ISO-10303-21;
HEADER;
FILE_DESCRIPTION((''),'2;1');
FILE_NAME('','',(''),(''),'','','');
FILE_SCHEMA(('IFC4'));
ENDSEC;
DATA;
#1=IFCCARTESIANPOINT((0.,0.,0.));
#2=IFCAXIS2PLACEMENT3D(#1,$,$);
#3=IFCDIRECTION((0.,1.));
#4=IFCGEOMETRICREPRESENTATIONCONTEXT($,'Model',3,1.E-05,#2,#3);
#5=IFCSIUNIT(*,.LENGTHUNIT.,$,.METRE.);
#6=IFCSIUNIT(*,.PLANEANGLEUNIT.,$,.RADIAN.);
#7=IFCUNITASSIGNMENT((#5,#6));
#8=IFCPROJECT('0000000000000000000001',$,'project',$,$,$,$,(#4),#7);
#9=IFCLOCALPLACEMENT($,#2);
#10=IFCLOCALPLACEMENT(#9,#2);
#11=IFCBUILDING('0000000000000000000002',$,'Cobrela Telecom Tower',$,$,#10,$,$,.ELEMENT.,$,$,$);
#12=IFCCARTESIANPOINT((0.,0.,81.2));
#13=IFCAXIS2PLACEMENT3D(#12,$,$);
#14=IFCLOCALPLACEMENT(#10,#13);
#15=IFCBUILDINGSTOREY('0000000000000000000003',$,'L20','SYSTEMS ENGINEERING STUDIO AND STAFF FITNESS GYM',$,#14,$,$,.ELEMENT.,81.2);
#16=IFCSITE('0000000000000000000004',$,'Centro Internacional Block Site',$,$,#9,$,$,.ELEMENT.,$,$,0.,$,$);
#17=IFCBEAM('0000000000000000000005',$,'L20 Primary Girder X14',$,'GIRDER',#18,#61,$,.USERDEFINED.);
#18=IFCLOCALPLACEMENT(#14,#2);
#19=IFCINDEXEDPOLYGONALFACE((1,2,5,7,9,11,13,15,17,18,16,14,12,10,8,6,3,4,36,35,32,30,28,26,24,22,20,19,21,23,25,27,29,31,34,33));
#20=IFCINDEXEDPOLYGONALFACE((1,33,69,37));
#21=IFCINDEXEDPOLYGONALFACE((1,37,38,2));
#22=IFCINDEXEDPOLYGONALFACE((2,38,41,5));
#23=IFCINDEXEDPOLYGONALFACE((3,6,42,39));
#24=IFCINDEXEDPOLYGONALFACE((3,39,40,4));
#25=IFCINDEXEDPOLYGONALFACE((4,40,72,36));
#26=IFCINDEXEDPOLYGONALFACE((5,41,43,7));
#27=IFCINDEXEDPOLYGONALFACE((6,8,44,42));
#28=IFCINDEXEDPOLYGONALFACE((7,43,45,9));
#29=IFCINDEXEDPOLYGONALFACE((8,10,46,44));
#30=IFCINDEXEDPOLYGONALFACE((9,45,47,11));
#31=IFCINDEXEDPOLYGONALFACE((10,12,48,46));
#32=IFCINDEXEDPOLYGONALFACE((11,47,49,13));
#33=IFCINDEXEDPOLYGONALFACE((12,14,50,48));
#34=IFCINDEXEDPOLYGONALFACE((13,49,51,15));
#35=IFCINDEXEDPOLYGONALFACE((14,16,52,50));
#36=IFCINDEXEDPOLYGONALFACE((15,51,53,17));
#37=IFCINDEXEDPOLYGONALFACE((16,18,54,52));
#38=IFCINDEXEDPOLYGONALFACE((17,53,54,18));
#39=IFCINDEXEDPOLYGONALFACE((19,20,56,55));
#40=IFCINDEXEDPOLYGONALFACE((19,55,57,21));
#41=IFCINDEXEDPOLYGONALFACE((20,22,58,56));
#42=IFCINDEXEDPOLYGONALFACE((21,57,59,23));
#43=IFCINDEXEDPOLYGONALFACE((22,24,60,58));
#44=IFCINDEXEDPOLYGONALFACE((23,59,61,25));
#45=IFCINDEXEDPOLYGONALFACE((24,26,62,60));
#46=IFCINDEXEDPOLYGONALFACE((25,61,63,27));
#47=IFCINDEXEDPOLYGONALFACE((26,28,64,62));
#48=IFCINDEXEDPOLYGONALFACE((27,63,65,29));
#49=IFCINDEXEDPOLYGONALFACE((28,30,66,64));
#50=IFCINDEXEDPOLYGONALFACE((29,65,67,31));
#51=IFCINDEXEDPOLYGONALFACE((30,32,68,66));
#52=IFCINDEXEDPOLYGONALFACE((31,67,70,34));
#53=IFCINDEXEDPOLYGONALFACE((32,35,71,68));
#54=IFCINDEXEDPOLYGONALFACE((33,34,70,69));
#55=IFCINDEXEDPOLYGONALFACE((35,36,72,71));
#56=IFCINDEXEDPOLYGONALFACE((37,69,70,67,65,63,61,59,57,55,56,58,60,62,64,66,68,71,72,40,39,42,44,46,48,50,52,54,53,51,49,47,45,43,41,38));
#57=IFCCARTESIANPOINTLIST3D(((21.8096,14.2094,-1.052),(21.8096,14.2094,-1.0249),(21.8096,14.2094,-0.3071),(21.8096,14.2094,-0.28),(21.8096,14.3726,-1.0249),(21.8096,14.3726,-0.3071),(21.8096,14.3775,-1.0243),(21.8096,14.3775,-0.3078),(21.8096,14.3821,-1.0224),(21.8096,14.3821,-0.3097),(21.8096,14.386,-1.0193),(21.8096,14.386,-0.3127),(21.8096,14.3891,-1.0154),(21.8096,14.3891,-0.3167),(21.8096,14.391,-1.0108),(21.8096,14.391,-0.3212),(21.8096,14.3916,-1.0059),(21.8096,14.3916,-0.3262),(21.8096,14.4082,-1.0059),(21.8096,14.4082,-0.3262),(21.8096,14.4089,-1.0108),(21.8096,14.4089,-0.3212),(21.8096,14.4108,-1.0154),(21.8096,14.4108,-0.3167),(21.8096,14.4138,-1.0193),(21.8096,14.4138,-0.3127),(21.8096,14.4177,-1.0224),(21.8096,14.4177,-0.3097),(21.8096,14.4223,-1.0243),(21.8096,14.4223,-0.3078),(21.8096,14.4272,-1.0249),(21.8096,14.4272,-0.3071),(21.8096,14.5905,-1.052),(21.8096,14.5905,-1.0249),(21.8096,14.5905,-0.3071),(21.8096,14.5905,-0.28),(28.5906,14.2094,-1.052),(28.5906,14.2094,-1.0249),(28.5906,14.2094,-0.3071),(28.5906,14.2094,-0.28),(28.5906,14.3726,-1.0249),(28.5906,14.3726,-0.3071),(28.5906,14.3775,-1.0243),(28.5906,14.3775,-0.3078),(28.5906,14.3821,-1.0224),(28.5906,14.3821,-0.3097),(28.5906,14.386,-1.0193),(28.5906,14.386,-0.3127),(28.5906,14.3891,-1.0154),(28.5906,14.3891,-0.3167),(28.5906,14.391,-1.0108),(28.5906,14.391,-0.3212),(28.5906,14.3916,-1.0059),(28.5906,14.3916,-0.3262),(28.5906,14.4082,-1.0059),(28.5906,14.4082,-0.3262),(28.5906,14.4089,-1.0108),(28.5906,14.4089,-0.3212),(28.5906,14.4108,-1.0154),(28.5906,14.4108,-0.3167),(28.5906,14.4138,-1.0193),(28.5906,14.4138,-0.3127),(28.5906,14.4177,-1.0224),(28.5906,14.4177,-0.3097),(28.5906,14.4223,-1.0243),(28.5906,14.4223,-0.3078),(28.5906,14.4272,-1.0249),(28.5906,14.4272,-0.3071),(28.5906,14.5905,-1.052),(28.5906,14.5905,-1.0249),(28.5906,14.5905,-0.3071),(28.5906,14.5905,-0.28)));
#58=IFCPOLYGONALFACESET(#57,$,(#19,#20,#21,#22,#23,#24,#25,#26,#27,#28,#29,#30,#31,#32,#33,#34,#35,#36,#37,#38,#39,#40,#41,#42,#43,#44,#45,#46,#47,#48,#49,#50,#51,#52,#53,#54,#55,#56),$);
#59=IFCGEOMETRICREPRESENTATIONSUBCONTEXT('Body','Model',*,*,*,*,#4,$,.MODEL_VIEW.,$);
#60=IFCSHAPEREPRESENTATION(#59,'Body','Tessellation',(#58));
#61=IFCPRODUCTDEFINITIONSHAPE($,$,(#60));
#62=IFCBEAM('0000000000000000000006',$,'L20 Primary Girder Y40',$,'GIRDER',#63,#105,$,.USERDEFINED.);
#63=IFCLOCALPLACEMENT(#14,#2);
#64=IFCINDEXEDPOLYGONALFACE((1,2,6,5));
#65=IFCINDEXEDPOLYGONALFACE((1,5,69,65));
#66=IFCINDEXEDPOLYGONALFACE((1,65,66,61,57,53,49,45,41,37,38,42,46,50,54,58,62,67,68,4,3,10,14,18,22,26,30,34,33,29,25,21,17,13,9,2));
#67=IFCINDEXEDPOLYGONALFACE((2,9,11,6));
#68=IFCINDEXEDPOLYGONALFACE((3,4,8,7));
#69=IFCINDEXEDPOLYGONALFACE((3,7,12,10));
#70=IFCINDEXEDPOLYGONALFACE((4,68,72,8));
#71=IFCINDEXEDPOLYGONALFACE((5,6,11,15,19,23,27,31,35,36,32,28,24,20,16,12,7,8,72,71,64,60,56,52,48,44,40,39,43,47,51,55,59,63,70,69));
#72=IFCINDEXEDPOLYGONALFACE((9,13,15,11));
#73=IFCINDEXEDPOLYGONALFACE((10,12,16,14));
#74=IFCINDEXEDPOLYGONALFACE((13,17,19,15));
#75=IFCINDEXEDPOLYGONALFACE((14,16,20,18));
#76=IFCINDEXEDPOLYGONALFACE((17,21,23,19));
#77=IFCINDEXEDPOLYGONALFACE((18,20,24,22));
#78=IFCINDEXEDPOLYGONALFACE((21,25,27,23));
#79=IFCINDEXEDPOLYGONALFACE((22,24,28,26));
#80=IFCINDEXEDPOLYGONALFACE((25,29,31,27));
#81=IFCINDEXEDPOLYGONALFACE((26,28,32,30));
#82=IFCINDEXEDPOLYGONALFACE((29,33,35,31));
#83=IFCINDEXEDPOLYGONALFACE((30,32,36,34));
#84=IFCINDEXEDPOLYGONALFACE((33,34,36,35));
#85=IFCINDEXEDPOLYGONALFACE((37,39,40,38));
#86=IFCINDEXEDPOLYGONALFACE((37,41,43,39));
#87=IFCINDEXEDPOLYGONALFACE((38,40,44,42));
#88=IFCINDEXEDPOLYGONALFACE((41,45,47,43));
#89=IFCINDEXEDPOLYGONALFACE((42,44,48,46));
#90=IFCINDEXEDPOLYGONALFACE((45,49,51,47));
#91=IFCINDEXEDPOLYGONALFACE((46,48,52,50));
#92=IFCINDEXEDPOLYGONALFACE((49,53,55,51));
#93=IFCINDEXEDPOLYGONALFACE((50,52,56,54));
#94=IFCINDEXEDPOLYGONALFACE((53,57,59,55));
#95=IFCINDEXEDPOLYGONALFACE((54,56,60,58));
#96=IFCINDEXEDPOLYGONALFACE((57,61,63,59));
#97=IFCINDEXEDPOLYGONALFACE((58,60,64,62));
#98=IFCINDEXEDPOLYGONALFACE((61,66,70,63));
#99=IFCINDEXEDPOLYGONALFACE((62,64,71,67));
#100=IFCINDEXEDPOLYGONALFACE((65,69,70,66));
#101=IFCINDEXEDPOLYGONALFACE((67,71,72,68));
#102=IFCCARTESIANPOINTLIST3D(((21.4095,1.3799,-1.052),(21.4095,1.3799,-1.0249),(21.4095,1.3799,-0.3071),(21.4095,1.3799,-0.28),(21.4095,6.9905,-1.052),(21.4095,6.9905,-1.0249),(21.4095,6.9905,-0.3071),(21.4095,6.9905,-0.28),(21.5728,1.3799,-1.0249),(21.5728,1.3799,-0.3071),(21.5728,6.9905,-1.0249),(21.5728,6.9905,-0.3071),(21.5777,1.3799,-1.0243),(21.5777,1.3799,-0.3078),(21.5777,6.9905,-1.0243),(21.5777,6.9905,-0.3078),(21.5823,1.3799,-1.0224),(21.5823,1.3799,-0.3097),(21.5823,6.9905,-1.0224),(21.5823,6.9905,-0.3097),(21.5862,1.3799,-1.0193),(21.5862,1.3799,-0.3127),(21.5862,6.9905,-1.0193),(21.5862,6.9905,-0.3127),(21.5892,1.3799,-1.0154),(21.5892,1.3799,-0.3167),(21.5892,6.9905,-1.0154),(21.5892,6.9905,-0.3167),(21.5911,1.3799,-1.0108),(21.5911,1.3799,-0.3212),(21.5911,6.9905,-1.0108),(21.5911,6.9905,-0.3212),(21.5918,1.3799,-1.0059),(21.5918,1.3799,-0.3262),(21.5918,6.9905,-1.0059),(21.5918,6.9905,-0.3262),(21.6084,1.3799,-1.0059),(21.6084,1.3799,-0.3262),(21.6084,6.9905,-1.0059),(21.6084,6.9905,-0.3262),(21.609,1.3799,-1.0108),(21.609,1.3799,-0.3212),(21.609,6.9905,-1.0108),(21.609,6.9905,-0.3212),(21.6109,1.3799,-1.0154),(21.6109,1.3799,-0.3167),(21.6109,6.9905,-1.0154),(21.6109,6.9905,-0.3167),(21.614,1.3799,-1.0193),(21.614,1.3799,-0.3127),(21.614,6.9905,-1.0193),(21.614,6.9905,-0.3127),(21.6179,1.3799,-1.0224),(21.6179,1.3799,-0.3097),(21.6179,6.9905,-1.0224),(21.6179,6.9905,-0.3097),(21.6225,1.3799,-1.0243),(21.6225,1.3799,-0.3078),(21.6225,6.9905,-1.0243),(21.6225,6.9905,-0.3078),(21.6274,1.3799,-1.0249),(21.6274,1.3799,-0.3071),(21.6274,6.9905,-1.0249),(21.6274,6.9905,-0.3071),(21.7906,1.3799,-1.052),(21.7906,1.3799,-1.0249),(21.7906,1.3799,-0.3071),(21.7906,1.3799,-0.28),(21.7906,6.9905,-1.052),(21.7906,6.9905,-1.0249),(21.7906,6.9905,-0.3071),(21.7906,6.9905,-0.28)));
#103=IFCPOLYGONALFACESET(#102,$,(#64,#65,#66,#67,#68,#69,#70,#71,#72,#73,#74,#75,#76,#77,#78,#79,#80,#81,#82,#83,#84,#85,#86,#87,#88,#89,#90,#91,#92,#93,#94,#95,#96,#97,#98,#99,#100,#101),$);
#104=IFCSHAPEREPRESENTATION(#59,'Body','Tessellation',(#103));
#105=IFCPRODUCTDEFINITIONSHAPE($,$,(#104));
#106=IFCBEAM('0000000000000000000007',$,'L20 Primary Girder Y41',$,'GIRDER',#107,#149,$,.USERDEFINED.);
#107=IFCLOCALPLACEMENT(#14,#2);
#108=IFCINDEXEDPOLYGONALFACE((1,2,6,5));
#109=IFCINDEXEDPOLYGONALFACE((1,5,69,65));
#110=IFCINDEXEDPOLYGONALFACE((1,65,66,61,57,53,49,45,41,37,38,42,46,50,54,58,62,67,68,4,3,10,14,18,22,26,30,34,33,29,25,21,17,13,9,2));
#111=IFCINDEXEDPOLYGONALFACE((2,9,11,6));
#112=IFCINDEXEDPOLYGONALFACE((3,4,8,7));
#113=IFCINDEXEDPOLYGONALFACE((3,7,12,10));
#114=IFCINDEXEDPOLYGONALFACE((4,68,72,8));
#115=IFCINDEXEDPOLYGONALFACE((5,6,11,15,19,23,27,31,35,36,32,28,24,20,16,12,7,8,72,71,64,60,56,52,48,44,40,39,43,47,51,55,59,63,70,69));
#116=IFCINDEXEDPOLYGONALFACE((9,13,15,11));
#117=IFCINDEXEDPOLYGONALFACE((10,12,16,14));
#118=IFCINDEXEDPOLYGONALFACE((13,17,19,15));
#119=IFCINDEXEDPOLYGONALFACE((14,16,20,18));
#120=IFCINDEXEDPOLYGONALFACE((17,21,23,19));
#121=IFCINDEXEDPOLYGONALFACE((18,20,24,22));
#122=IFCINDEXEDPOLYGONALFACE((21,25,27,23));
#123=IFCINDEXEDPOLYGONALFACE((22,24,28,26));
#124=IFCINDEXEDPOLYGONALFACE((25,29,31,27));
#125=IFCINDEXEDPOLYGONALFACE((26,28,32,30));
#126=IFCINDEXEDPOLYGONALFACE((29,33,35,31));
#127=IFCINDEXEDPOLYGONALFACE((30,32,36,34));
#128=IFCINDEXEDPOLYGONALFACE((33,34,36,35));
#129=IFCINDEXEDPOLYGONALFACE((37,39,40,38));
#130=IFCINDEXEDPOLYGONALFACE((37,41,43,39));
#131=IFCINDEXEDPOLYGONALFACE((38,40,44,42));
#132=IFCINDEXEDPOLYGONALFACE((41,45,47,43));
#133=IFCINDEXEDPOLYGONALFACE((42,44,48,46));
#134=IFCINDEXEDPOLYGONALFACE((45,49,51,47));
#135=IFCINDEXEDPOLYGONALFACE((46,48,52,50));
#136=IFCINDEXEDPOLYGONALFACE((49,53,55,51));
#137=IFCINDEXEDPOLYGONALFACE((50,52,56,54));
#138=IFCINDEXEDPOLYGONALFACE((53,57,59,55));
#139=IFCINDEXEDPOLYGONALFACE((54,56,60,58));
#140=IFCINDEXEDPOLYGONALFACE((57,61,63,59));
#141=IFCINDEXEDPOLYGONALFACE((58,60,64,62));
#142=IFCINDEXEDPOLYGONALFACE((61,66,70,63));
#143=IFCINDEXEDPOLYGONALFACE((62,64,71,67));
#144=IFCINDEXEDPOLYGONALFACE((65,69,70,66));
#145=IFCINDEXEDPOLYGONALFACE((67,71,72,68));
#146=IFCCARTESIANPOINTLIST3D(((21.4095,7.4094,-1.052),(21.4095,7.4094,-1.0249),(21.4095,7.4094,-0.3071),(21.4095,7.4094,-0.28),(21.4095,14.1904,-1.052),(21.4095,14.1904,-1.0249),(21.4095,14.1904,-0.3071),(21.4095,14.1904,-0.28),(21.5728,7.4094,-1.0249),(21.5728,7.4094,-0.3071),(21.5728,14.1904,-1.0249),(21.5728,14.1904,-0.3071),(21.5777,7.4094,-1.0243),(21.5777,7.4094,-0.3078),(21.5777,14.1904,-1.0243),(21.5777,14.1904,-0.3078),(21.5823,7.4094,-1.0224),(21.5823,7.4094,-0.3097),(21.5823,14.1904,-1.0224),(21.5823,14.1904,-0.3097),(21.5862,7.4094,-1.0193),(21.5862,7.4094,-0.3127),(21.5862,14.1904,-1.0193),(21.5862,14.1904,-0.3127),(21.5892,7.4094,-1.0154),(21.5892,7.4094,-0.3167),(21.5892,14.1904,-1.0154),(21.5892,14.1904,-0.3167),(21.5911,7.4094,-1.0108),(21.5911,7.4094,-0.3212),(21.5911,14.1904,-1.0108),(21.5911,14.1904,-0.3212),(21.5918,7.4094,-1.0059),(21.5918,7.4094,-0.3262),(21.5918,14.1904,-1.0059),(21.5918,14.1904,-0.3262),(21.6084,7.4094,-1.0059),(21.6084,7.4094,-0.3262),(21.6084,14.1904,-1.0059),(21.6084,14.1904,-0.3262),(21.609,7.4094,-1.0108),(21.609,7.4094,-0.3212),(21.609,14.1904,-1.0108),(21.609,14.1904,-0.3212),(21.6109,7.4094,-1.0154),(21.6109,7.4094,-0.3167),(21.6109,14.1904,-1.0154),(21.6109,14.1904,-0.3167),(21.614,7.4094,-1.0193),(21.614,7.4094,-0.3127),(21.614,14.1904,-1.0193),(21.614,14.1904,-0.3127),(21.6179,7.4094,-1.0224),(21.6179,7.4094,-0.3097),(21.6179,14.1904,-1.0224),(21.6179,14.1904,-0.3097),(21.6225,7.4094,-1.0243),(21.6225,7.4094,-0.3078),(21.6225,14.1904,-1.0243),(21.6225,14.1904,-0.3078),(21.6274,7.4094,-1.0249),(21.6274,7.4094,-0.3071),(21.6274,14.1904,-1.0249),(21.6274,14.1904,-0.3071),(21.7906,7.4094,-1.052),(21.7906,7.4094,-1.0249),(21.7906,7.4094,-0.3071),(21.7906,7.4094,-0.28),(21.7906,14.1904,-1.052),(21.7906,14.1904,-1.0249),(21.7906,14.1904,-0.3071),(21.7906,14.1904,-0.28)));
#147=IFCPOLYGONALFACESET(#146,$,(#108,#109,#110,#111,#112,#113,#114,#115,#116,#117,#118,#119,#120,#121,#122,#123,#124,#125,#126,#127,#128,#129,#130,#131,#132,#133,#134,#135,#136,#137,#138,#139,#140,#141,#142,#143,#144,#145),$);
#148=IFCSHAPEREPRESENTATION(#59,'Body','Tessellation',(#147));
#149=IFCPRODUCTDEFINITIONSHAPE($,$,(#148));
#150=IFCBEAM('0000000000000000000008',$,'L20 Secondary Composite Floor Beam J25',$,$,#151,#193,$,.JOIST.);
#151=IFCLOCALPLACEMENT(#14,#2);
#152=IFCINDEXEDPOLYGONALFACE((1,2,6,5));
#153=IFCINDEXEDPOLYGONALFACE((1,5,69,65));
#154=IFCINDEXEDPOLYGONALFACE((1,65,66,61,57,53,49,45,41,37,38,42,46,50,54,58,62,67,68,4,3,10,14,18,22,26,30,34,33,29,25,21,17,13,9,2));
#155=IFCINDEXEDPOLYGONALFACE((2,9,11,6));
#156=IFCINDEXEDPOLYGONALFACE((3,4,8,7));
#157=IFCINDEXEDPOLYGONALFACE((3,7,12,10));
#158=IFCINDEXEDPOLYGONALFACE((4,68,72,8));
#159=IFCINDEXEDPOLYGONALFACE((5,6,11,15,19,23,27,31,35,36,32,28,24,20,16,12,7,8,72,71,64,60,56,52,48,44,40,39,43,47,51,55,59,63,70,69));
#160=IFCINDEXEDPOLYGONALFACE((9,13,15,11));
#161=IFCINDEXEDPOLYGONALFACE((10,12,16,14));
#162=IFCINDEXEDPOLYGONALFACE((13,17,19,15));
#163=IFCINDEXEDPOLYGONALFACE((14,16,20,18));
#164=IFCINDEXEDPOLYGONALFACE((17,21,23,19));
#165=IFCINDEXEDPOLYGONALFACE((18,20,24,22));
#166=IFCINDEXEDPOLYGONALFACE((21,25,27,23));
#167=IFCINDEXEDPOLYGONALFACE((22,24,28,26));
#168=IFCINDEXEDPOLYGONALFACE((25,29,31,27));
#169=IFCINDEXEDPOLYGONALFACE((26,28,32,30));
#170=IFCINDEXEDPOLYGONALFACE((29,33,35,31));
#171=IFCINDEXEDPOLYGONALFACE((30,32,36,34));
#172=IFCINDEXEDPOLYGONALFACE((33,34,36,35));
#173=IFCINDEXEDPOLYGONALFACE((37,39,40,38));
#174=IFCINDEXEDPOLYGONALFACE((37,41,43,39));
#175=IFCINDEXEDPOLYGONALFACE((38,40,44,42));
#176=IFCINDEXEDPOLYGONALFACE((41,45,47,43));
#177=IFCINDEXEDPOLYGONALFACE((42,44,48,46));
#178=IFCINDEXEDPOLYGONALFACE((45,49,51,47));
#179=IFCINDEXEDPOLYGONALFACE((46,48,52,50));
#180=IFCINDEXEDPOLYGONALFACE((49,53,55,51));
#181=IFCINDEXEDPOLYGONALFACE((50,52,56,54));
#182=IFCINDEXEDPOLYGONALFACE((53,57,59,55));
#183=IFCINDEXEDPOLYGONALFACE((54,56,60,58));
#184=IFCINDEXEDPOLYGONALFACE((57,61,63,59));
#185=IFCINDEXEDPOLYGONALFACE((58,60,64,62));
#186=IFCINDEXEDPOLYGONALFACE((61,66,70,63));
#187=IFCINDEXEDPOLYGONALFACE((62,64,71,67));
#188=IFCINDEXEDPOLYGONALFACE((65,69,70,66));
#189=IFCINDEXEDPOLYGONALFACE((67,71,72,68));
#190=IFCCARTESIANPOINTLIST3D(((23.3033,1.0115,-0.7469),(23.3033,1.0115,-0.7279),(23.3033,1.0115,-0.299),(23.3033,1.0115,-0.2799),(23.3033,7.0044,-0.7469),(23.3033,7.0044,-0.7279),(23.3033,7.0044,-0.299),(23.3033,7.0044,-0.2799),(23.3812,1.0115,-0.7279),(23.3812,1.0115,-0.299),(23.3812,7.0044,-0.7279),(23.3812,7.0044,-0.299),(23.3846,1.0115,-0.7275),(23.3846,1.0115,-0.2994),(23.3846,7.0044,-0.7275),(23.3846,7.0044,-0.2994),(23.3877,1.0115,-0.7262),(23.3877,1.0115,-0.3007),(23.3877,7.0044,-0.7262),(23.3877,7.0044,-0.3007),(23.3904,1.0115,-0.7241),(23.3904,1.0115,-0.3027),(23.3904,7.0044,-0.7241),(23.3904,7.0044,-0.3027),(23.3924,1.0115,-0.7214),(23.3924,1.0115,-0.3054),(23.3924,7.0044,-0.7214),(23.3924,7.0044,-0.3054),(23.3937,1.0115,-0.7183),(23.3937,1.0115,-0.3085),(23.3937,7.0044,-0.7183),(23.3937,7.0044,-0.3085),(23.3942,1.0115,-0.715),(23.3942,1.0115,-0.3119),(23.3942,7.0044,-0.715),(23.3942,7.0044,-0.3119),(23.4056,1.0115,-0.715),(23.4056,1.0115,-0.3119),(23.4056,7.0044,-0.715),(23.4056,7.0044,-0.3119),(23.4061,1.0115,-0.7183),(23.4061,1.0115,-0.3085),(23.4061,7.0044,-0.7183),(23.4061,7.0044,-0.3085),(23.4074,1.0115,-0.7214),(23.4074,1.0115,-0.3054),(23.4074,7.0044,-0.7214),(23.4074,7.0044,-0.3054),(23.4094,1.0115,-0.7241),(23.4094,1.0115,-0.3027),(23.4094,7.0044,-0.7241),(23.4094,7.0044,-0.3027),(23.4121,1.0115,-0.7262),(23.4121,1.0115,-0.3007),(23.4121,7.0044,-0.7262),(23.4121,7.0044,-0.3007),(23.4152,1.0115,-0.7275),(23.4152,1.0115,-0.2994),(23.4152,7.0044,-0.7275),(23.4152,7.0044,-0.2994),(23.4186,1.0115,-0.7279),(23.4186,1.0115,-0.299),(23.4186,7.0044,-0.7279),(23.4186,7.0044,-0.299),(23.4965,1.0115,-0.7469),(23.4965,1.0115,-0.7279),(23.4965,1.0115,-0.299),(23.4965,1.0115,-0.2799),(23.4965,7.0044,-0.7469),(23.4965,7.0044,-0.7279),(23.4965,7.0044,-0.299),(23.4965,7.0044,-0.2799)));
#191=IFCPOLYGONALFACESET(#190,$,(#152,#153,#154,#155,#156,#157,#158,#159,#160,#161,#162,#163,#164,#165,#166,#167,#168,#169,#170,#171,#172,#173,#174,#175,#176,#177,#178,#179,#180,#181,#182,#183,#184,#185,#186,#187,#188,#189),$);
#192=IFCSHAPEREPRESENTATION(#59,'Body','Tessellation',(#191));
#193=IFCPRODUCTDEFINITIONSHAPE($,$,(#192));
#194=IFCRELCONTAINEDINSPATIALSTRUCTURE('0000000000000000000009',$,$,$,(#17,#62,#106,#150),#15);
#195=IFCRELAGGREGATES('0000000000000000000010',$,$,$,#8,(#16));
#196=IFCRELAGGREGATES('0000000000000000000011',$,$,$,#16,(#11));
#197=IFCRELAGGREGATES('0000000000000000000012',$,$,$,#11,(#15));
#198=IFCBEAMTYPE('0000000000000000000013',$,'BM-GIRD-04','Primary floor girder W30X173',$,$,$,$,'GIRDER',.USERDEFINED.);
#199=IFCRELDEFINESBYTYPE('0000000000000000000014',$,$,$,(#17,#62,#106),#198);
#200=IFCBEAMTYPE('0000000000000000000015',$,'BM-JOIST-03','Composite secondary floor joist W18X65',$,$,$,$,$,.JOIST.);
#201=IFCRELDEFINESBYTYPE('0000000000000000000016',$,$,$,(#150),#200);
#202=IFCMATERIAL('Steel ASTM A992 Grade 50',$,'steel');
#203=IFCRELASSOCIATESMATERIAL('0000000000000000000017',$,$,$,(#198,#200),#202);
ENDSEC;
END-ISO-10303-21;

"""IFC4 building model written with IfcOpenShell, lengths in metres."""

from ifc_helpers import new_model, si_unit, direction, frame, origin, origin_2d, place, context, subcontext, project, spatial, i_section, extrude, material, material_profile, profile_set, type_object, element, save


model = new_model("IFC4")

# Units and contexts
model_context = context("Model", 3, precision=1e-05, world=origin(), true_north=direction((0.0, 1.0)))
body_context = subcontext(model_context, "Body", "Model", "MODEL_VIEW")
ifc_project = project(units=[si_unit("LENGTHUNIT", "METRE"), si_unit("PLANEANGLEUNIT", "RADIAN")], contexts=[model_context])

# Site, building, storey
site_placement = place(None, origin())
site = spatial("IfcSite", under=ifc_project, at=site_placement, Name="Centro Internacional Block Site", CompositionType="ELEMENT", RefElevation=0.0)
building_placement = place(site_placement, origin())
building = spatial("IfcBuilding", under=site, at=building_placement, Name="Cobrela Telecom Tower", CompositionType="ELEMENT")
storey_placement = place(building_placement, frame((0.0, 0.0, 81.2)))
storey = spatial("IfcBuildingStorey", under=building, at=storey_placement, Name="L20", Description="SYSTEMS ENGINEERING STUDIO AND STAFF FITNESS GYM", CompositionType="ELEMENT", Elevation=81.2)

# Shared definitions
ifc_material_1 = material(Name="Steel ASTM A992 Grade 50", Category="steel")

# Beams
ifc_material_profile_1 = material_profile(ifc_material_1, i_section(OverallWidth=0.3811, OverallDepth=0.772, WebThickness=0.0166, FlangeThickness=0.0271, FilletRadius=0.019, at=origin_2d()), Name="W30X173")
ifc_profile_set_1 = profile_set([ifc_material_profile_1], Name="Steel ASTM A992 Grade 50")
beam_type_1 = type_object("IfcBeamType", Name="BM-GIRD-04", Description="Primary floor girder W30X173", ElementType="GIRDER", PredefinedType="USERDEFINED", material=ifc_profile_set_1)
for number, where, z_axis, x_axis, name in (
    (1, (21.8096, 14.3999, -0.666), (1.0, 0.0, 0.0), (0.0, 1.0, 0.0), "L20 Primary Girder X14"),
):
    element("IfcBeam", number, at=place(storey_placement, frame(where, z_axis=z_axis, x_axis=x_axis)), inside=storey, type_object=beam_type_1, Name=name, ObjectType="GIRDER", PredefinedType="USERDEFINED", context=body_context, shape_type="SweptSolid", body=[
        extrude(i_section(OverallWidth=0.3811, OverallDepth=0.772, WebThickness=0.0166, FlangeThickness=0.0271, FilletRadius=0.019, at=origin_2d()), origin(), (0.0, 0.0, 1.0), 6.781),
    ])
beam_1_placement = place(storey_placement, frame((21.6001, 1.3799, -0.666), z_axis=(0.0, 1.0, 0.0), x_axis=(-1.0, 0.0, 0.0)))
element("IfcBeam", 2, at=beam_1_placement, inside=storey, type_object=beam_type_1, Name="L20 Primary Girder Y40", ObjectType="GIRDER", PredefinedType="USERDEFINED", context=body_context, shape_type="SweptSolid", body=[
    extrude(i_section(OverallWidth=0.3811, OverallDepth=0.772, WebThickness=0.0166, FlangeThickness=0.0271, FilletRadius=0.019, at=origin_2d()), origin(), (0.0, 0.0, 1.0), 5.6106),
])
beam_2_placement = place(storey_placement, frame((21.6001, 7.4094, -0.666), z_axis=(0.0, 1.0, 0.0), x_axis=(-1.0, 0.0, 0.0)))
element("IfcBeam", 3, at=beam_2_placement, inside=storey, type_object=beam_type_1, Name="L20 Primary Girder Y41", ObjectType="GIRDER", PredefinedType="USERDEFINED", context=body_context, shape_type="SweptSolid", body=[
    extrude(i_section(OverallWidth=0.3811, OverallDepth=0.772, WebThickness=0.0166, FlangeThickness=0.0271, FilletRadius=0.019, at=origin_2d()), origin(), (0.0, 0.0, 1.0), 6.781),
])
ifc_material_profile_2 = material_profile(ifc_material_1, i_section(OverallWidth=0.1931, OverallDepth=0.467, WebThickness=0.0115, FlangeThickness=0.019, FilletRadius=0.0129, at=origin_2d()), Name="W18X65")
ifc_profile_set_2 = profile_set([ifc_material_profile_2], Name="Steel ASTM A992 Grade 50")
beam_type_2 = type_object("IfcBeamType", Name="BM-JOIST-03", Description="Composite secondary floor joist W18X65", PredefinedType="JOIST", material=ifc_profile_set_2)
beam_3_placement = place(storey_placement, frame((23.3999, 1.0115, -0.5134), z_axis=(0.0, 1.0, 0.0), x_axis=(-1.0, 0.0, 0.0)))
element("IfcBeam", 4, at=beam_3_placement, inside=storey, type_object=beam_type_2, Name="L20 Secondary Composite Floor Beam J25", PredefinedType="JOIST", context=body_context, shape_type="SweptSolid", body=[
    extrude(i_section(OverallWidth=0.1931, OverallDepth=0.467, WebThickness=0.0115, FlangeThickness=0.019, FilletRadius=0.0129, at=origin_2d()), origin(), (0.0, 0.0, 1.0), 5.9929),
])

save(model, "model.ifc")
